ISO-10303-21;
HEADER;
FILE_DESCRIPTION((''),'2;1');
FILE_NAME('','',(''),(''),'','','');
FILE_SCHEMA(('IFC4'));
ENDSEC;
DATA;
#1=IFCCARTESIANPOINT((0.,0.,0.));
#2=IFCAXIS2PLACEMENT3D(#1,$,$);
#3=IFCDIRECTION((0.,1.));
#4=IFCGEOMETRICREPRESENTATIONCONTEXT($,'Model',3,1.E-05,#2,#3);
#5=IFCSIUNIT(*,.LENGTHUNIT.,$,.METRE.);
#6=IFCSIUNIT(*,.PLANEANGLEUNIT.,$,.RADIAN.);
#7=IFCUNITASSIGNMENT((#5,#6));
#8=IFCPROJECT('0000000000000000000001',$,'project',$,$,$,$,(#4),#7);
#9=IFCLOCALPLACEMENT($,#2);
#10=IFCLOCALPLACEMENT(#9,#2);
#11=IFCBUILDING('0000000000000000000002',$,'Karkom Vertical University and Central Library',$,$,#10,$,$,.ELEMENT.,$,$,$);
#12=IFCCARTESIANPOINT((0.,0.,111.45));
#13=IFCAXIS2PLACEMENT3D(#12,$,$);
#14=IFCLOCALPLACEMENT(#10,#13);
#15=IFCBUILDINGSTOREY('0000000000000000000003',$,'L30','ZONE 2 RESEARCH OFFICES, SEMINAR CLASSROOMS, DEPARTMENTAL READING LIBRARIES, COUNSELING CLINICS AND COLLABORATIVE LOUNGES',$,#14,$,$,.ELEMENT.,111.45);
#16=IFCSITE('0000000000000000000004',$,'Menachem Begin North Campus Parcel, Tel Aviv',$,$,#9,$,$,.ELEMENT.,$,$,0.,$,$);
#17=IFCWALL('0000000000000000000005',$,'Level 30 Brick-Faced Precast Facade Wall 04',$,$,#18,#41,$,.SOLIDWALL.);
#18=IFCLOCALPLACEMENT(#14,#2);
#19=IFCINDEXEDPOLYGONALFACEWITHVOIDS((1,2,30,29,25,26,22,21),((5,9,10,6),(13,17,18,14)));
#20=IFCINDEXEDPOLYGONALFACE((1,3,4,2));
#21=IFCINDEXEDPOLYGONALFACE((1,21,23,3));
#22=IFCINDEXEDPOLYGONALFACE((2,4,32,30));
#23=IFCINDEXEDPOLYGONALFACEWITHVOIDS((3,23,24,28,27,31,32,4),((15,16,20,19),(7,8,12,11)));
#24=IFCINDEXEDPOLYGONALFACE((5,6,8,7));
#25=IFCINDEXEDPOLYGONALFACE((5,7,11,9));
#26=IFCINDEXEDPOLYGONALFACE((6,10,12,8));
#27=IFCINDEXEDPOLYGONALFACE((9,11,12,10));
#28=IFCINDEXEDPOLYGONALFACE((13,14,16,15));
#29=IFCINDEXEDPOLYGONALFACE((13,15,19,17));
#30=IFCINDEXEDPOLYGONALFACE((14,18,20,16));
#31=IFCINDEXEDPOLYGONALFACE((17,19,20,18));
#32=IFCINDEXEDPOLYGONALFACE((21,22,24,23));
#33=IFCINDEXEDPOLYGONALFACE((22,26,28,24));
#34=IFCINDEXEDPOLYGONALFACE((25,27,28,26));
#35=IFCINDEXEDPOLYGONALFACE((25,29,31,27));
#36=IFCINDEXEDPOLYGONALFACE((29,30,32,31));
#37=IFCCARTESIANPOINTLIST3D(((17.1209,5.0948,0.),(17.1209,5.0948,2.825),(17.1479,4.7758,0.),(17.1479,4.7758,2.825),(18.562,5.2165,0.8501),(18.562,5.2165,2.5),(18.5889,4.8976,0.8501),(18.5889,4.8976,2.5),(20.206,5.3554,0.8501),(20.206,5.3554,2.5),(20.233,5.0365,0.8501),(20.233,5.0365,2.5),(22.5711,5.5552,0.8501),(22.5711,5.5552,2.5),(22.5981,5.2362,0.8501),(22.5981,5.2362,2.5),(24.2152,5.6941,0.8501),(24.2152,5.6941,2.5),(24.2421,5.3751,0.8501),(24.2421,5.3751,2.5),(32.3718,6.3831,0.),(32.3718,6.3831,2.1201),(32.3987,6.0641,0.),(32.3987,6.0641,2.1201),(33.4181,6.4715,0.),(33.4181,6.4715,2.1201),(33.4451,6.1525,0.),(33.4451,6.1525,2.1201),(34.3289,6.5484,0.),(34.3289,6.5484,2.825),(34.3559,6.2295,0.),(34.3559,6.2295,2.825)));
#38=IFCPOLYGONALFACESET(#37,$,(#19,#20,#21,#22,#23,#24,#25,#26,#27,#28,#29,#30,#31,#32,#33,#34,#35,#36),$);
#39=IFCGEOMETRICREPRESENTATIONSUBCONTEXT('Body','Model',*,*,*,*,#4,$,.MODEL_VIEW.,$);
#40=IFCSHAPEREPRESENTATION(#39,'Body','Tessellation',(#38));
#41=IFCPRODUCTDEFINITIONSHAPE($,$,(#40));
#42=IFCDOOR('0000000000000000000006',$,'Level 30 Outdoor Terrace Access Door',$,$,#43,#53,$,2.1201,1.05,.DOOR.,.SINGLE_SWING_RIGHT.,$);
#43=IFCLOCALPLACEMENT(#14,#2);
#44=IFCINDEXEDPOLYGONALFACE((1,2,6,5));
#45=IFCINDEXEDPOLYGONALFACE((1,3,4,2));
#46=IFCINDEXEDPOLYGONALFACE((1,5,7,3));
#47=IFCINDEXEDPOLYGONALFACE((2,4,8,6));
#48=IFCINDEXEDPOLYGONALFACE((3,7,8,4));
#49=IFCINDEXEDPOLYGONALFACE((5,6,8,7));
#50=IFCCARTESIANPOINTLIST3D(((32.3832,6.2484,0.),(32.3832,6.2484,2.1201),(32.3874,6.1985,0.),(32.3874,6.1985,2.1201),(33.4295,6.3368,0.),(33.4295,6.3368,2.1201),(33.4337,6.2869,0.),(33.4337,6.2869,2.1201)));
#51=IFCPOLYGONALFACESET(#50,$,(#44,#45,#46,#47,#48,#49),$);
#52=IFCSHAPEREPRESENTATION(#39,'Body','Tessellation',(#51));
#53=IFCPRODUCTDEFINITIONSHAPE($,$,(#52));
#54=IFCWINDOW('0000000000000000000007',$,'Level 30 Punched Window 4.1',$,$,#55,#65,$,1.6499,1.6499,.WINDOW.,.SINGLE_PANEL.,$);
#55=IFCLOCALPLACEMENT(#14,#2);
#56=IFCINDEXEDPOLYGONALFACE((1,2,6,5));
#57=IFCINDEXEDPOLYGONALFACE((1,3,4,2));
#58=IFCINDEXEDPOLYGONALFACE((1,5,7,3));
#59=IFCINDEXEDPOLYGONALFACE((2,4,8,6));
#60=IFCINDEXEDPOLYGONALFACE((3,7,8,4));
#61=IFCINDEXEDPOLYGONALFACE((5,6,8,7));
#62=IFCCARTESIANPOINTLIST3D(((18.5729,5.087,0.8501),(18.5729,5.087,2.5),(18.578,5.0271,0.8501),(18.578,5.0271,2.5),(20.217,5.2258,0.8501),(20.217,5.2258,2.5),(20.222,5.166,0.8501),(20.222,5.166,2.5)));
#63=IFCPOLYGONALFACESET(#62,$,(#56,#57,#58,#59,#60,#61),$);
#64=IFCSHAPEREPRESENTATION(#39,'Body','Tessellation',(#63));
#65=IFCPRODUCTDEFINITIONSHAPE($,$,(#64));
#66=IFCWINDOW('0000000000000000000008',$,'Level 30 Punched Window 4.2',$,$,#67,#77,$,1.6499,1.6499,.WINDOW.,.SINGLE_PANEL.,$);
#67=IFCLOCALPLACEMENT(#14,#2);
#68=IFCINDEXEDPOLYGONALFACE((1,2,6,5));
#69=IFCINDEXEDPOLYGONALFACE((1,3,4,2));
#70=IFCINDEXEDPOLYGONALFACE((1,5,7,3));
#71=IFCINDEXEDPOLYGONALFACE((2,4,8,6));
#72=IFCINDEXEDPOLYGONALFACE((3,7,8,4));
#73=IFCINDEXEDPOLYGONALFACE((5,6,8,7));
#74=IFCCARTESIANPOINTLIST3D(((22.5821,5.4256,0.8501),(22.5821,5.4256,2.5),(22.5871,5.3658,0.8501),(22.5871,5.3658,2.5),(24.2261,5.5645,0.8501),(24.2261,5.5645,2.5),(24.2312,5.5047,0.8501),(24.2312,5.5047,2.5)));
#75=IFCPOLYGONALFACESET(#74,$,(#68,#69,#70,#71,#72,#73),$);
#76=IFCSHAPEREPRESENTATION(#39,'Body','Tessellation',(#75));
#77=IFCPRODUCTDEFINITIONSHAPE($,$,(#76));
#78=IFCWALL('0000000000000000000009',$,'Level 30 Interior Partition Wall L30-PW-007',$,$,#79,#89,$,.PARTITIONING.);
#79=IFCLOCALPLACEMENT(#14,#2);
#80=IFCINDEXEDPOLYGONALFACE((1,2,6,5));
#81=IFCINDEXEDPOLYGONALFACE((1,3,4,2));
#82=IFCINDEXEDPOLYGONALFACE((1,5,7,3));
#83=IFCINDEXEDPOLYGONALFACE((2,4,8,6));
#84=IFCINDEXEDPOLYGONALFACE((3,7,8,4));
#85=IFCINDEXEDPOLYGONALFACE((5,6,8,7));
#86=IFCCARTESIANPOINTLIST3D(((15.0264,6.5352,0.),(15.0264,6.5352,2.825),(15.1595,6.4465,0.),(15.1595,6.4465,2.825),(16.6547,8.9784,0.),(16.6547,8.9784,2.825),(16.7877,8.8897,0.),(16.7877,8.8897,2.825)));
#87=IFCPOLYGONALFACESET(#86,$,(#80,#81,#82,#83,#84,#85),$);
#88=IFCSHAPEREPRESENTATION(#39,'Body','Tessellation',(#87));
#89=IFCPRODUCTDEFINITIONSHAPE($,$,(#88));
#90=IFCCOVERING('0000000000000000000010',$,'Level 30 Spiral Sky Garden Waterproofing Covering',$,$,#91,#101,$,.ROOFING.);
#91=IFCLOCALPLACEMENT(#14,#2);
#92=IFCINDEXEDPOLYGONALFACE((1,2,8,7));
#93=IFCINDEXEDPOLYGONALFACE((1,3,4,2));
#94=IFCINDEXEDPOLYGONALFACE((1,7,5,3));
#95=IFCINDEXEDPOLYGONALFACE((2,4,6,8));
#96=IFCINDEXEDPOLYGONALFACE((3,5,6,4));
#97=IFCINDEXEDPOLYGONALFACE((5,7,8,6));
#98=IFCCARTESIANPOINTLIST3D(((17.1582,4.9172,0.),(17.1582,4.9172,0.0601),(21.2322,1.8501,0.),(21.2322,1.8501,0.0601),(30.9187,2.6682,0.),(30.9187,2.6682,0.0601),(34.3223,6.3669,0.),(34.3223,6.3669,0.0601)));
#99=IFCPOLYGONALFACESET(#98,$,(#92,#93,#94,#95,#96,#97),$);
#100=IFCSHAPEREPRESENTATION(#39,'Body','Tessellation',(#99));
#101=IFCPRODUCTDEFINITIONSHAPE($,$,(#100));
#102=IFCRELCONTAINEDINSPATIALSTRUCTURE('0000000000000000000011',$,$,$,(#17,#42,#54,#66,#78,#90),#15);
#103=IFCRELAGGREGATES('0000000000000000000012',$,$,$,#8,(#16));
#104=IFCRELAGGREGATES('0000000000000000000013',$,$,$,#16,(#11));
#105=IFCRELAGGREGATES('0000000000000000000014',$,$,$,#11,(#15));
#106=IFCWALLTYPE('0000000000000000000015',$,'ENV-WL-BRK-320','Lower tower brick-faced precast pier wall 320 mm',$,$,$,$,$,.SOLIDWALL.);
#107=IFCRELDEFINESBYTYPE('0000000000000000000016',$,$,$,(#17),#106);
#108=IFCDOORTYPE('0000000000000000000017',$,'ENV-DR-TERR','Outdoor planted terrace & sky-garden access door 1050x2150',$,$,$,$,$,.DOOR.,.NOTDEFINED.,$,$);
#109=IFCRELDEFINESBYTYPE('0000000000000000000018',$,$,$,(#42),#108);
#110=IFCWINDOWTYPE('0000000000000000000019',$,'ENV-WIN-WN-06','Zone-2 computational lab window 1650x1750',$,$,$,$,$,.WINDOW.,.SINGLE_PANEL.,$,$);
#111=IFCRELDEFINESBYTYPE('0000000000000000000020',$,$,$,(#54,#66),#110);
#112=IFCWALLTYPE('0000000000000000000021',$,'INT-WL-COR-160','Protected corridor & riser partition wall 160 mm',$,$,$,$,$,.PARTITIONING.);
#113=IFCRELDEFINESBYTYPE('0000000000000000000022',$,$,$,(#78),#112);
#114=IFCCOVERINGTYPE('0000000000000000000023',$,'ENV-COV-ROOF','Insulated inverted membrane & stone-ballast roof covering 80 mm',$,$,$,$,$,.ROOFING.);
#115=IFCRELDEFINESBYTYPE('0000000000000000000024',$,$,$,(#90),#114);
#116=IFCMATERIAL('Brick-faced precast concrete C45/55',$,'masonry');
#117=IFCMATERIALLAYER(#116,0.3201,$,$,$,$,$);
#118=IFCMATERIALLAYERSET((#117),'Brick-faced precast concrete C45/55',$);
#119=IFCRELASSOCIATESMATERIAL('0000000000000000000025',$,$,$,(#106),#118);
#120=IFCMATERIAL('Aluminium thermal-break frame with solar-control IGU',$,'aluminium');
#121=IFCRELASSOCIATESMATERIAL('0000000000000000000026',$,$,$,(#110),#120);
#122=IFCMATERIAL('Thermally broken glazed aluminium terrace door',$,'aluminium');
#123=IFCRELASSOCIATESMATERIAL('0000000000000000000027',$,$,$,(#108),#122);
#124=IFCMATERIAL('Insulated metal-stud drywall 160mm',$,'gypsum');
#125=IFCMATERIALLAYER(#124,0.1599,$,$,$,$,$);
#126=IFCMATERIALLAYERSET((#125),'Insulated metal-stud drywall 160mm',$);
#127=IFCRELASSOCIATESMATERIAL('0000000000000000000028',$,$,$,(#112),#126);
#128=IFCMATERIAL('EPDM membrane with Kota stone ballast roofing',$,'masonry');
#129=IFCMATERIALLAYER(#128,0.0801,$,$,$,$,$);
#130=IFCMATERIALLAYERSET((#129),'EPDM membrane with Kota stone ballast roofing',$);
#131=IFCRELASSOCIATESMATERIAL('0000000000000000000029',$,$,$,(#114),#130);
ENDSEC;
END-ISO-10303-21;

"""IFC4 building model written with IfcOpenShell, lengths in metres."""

from ifc_helpers import new_model, si_unit, direction, frame, frame_2d, origin, origin_with_axes, place, context, subcontext, project, spatial, polyline, rectangle, outline, extrude, source, transform, mapped, material, layer, layer_set, type_object, element, fill, save


model = new_model("IFC4")

# Units and contexts
model_context = context("Model", 3, precision=1e-05, world=origin(), true_north=direction((0.0, 1.0)))
body_context = subcontext(model_context, "Body", "Model", "MODEL_VIEW")
ifc_project = project(units=[si_unit("LENGTHUNIT", "METRE"), si_unit("PLANEANGLEUNIT", "RADIAN")], contexts=[model_context])

# Site, building, storey
site_placement = place(None, origin())
site = spatial("IfcSite", under=ifc_project, at=site_placement, Name="Menachem Begin North Campus Parcel, Tel Aviv", CompositionType="ELEMENT", RefElevation=0.0)
building_placement = place(site_placement, origin())
building = spatial("IfcBuilding", under=site, at=building_placement, Name="Karkom Vertical University and Central Library", CompositionType="ELEMENT")
storey_placement = place(building_placement, frame((0.0, 0.0, 111.45)))
storey = spatial("IfcBuildingStorey", under=building, at=storey_placement, Name="L30", Description="ZONE 2 RESEARCH OFFICES, SEMINAR CLASSROOMS, DEPARTMENTAL READING LIBRARIES, COUNSELING CLINICS AND COLLABORATIVE LOUNGES", CompositionType="ELEMENT", Elevation=111.45)

# Shared definitions
ifc_material_1 = material(Name="Brick-faced precast concrete C45/55", Category="masonry")
ifc_layer_1 = layer(ifc_material_1, 0.3201)
ifc_layer_set_1 = layer_set([ifc_layer_1], Name="Brick-faced precast concrete C45/55")
wall_type_1 = type_object("IfcWallType", Name="ENV-WL-BRK-320", Description="Lower tower brick-faced precast pier wall 320 mm", PredefinedType="SOLIDWALL", material=ifc_layer_set_1)
ifc_material_2 = material(Name="Aluminium thermal-break frame with solar-control IGU", Category="aluminium")
window_type_1 = type_object("IfcWindowType", Name="ENV-WIN-WN-06", Description="Zone-2 computational lab window 1650x1750", PartitioningType="SINGLE_PANEL", PredefinedType="WINDOW", material=ifc_material_2)
shared_shape_1 = source(origin_with_axes(), body_context, "Body", "SweptSolid", [
    extrude(rectangle(XDim=1.6499, YDim=1.6499, at=frame_2d((0.825, 0.825))), frame((0.0, 0.03, 0.0), z_axis=(0.0, -1.0, 0.0), x_axis=(1.0, 0.0, 0.0)), (0.0, 0.0, 1.0), 0.0601),
])

# Wall, openings, door, windows
wall_1_placement = place(storey_placement, frame((17.1343, 4.9353, 0.0), z_axis=(0.0, 0.0, 1.0), x_axis=(0.996451, 0.084173, 0.0)))
wall_1 = element("IfcWall", 1, at=wall_1_placement, inside=storey, type_object=wall_type_1, Name="Level 30 Brick-Faced Precast Facade Wall 04", PredefinedType="SOLIDWALL", context=body_context, shape_type="SweptSolid", body=[
    extrude(rectangle(XDim=17.2693, YDim=0.3201, at=frame_2d((8.6348, 0.0))), origin(), (0.0, 0.0, 1.0), 2.825),
])
opening_1_placement = place(wall_1_placement, frame((1.4463, 0.0, 0.8501)))
opening_1 = element("IfcOpeningElement", 2, at=opening_1_placement, cuts=wall_1, PredefinedType="OPENING", context=body_context, shape_type="SweptSolid", body=[
    extrude(rectangle(XDim=1.6499, YDim=1.6499, at=frame_2d((0.825, 0.825))), frame((0.0, 0.1699, 0.0), z_axis=(0.0, -1.0, 0.0), x_axis=(1.0, 0.0, 0.0)), (0.0, 0.0, 1.0), 0.3401),
])
opening_2_placement = place(wall_1_placement, frame((5.4697, 0.0, 0.8501)))
opening_2 = element("IfcOpeningElement", 3, at=opening_2_placement, cuts=wall_1, PredefinedType="OPENING", context=body_context, shape_type="SweptSolid", body=[
    extrude(rectangle(XDim=1.6499, YDim=1.6499, at=frame_2d((0.825, 0.825))), frame((0.0, 0.1699, 0.0), z_axis=(0.0, -1.0, 0.0), x_axis=(1.0, 0.0, 0.0)), (0.0, 0.0, 1.0), 0.3401),
])
opening_3_placement = place(wall_1_placement, frame((15.3054, 0.0, 0.0)))
opening_3 = element("IfcOpeningElement", 4, at=opening_3_placement, cuts=wall_1, PredefinedType="OPENING", context=body_context, shape_type="SweptSolid", body=[
    extrude(rectangle(XDim=1.05, YDim=2.1201, at=frame_2d((0.5249, 1.0601))), frame((0.0, 0.1699, 0.0), z_axis=(0.0, -1.0, 0.0), x_axis=(1.0, 0.0, 0.0)), (0.0, 0.0, 1.0), 0.3401),
])
ifc_material_3 = material(Name="Thermally broken glazed aluminium terrace door", Category="aluminium")
door_type = type_object("IfcDoorType", Name="ENV-DR-TERR", Description="Outdoor planted terrace & sky-garden access door 1050x2150", OperationType="NOTDEFINED", PredefinedType="DOOR", material=ifc_material_3)
shared_shape_2 = source(origin_with_axes(), body_context, "Body", "SweptSolid", [
    extrude(rectangle(XDim=1.05, YDim=2.1201, at=frame_2d((0.5249, 1.0601))), frame((0.0, 0.0249, 0.0), z_axis=(0.0, -1.0, 0.0), x_axis=(1.0, 0.0, 0.0)), (0.0, 0.0, 1.0), 0.05),
])
door_placement = place(opening_3_placement, origin())
door = element("IfcDoor", 5, at=door_placement, inside=storey, type_object=door_type, Name="Level 30 Outdoor Terrace Access Door", OperationType="SINGLE_SWING_RIGHT", OverallHeight=2.1201, OverallWidth=1.05, PredefinedType="DOOR", context=body_context, shape_type="MappedRepresentation", body=[
    mapped(shared_shape_2, transform((0.0, 0.0, 0.0), scale=1.0)),
])
fill(opening_3, door)
window_1_placement = place(opening_1_placement, origin())
window_1 = element("IfcWindow", 6, at=window_1_placement, inside=storey, type_object=window_type_1, Name="Level 30 Punched Window 4.1", OverallHeight=1.6499, OverallWidth=1.6499, PartitioningType="SINGLE_PANEL", PredefinedType="WINDOW", context=body_context, shape_type="MappedRepresentation", body=[
    mapped(shared_shape_1, transform((0.0, 0.0, 0.0), scale=1.0)),
])
fill(opening_1, window_1)
window_2_placement = place(opening_2_placement, origin())
window_2 = element("IfcWindow", 7, at=window_2_placement, inside=storey, type_object=window_type_1, Name="Level 30 Punched Window 4.2", OverallHeight=1.6499, OverallWidth=1.6499, PartitioningType="SINGLE_PANEL", PredefinedType="WINDOW", context=body_context, shape_type="MappedRepresentation", body=[
    mapped(shared_shape_1, transform((0.0, 0.0, 0.0), scale=1.0)),
])
fill(opening_2, window_2)

# Wall
ifc_material_4 = material(Name="Insulated metal-stud drywall 160mm", Category="gypsum")
ifc_layer_2 = layer(ifc_material_4, 0.1599)
ifc_layer_set_2 = layer_set([ifc_layer_2], Name="Insulated metal-stud drywall 160mm")
wall_type_2 = type_object("IfcWallType", Name="INT-WL-COR-160", Description="Protected corridor & riser partition wall 160 mm", PredefinedType="PARTITIONING", material=ifc_layer_set_2)
wall_2_placement = place(storey_placement, frame((16.7212, 8.9341, 0.0), z_axis=(0.0, 0.0, 1.0), x_axis=(-0.554566, -0.83214, 0.0)))
element("IfcWall", 8, at=wall_2_placement, inside=storey, type_object=wall_type_2, Name="Level 30 Interior Partition Wall L30-PW-007", PredefinedType="PARTITIONING", context=body_context, shape_type="SweptSolid", body=[
    extrude(rectangle(XDim=2.936, YDim=0.1599, at=frame_2d((1.468, 0.0))), origin(), (0.0, 0.0, 1.0), 2.825),
])

# Covering
ifc_material_5 = material(Name="EPDM membrane with Kota stone ballast roofing", Category="masonry")
ifc_layer_3 = layer(ifc_material_5, 0.0801)
ifc_layer_set_3 = layer_set([ifc_layer_3], Name="EPDM membrane with Kota stone ballast roofing")
covering_type = type_object("IfcCoveringType", Name="ENV-COV-ROOF", Description="Insulated inverted membrane & stone-ballast roof covering 80 mm", PredefinedType="ROOFING", material=ifc_layer_set_3)
covering_placement = place(storey_placement, origin())
element("IfcCovering", 9, at=covering_placement, inside=storey, type_object=covering_type, Name="Level 30 Spiral Sky Garden Waterproofing Covering", PredefinedType="ROOFING", context=body_context, shape_type="SweptSolid", body=[
    extrude(outline(polyline([(30.9187, 2.6682), (21.2322, 1.8501), (17.1582, 4.9172), (34.3223, 6.3669), (30.9187, 2.6682)])), origin(), (0.0, 0.0, 1.0), 0.0601),
])

save(model, "model.ifc")
